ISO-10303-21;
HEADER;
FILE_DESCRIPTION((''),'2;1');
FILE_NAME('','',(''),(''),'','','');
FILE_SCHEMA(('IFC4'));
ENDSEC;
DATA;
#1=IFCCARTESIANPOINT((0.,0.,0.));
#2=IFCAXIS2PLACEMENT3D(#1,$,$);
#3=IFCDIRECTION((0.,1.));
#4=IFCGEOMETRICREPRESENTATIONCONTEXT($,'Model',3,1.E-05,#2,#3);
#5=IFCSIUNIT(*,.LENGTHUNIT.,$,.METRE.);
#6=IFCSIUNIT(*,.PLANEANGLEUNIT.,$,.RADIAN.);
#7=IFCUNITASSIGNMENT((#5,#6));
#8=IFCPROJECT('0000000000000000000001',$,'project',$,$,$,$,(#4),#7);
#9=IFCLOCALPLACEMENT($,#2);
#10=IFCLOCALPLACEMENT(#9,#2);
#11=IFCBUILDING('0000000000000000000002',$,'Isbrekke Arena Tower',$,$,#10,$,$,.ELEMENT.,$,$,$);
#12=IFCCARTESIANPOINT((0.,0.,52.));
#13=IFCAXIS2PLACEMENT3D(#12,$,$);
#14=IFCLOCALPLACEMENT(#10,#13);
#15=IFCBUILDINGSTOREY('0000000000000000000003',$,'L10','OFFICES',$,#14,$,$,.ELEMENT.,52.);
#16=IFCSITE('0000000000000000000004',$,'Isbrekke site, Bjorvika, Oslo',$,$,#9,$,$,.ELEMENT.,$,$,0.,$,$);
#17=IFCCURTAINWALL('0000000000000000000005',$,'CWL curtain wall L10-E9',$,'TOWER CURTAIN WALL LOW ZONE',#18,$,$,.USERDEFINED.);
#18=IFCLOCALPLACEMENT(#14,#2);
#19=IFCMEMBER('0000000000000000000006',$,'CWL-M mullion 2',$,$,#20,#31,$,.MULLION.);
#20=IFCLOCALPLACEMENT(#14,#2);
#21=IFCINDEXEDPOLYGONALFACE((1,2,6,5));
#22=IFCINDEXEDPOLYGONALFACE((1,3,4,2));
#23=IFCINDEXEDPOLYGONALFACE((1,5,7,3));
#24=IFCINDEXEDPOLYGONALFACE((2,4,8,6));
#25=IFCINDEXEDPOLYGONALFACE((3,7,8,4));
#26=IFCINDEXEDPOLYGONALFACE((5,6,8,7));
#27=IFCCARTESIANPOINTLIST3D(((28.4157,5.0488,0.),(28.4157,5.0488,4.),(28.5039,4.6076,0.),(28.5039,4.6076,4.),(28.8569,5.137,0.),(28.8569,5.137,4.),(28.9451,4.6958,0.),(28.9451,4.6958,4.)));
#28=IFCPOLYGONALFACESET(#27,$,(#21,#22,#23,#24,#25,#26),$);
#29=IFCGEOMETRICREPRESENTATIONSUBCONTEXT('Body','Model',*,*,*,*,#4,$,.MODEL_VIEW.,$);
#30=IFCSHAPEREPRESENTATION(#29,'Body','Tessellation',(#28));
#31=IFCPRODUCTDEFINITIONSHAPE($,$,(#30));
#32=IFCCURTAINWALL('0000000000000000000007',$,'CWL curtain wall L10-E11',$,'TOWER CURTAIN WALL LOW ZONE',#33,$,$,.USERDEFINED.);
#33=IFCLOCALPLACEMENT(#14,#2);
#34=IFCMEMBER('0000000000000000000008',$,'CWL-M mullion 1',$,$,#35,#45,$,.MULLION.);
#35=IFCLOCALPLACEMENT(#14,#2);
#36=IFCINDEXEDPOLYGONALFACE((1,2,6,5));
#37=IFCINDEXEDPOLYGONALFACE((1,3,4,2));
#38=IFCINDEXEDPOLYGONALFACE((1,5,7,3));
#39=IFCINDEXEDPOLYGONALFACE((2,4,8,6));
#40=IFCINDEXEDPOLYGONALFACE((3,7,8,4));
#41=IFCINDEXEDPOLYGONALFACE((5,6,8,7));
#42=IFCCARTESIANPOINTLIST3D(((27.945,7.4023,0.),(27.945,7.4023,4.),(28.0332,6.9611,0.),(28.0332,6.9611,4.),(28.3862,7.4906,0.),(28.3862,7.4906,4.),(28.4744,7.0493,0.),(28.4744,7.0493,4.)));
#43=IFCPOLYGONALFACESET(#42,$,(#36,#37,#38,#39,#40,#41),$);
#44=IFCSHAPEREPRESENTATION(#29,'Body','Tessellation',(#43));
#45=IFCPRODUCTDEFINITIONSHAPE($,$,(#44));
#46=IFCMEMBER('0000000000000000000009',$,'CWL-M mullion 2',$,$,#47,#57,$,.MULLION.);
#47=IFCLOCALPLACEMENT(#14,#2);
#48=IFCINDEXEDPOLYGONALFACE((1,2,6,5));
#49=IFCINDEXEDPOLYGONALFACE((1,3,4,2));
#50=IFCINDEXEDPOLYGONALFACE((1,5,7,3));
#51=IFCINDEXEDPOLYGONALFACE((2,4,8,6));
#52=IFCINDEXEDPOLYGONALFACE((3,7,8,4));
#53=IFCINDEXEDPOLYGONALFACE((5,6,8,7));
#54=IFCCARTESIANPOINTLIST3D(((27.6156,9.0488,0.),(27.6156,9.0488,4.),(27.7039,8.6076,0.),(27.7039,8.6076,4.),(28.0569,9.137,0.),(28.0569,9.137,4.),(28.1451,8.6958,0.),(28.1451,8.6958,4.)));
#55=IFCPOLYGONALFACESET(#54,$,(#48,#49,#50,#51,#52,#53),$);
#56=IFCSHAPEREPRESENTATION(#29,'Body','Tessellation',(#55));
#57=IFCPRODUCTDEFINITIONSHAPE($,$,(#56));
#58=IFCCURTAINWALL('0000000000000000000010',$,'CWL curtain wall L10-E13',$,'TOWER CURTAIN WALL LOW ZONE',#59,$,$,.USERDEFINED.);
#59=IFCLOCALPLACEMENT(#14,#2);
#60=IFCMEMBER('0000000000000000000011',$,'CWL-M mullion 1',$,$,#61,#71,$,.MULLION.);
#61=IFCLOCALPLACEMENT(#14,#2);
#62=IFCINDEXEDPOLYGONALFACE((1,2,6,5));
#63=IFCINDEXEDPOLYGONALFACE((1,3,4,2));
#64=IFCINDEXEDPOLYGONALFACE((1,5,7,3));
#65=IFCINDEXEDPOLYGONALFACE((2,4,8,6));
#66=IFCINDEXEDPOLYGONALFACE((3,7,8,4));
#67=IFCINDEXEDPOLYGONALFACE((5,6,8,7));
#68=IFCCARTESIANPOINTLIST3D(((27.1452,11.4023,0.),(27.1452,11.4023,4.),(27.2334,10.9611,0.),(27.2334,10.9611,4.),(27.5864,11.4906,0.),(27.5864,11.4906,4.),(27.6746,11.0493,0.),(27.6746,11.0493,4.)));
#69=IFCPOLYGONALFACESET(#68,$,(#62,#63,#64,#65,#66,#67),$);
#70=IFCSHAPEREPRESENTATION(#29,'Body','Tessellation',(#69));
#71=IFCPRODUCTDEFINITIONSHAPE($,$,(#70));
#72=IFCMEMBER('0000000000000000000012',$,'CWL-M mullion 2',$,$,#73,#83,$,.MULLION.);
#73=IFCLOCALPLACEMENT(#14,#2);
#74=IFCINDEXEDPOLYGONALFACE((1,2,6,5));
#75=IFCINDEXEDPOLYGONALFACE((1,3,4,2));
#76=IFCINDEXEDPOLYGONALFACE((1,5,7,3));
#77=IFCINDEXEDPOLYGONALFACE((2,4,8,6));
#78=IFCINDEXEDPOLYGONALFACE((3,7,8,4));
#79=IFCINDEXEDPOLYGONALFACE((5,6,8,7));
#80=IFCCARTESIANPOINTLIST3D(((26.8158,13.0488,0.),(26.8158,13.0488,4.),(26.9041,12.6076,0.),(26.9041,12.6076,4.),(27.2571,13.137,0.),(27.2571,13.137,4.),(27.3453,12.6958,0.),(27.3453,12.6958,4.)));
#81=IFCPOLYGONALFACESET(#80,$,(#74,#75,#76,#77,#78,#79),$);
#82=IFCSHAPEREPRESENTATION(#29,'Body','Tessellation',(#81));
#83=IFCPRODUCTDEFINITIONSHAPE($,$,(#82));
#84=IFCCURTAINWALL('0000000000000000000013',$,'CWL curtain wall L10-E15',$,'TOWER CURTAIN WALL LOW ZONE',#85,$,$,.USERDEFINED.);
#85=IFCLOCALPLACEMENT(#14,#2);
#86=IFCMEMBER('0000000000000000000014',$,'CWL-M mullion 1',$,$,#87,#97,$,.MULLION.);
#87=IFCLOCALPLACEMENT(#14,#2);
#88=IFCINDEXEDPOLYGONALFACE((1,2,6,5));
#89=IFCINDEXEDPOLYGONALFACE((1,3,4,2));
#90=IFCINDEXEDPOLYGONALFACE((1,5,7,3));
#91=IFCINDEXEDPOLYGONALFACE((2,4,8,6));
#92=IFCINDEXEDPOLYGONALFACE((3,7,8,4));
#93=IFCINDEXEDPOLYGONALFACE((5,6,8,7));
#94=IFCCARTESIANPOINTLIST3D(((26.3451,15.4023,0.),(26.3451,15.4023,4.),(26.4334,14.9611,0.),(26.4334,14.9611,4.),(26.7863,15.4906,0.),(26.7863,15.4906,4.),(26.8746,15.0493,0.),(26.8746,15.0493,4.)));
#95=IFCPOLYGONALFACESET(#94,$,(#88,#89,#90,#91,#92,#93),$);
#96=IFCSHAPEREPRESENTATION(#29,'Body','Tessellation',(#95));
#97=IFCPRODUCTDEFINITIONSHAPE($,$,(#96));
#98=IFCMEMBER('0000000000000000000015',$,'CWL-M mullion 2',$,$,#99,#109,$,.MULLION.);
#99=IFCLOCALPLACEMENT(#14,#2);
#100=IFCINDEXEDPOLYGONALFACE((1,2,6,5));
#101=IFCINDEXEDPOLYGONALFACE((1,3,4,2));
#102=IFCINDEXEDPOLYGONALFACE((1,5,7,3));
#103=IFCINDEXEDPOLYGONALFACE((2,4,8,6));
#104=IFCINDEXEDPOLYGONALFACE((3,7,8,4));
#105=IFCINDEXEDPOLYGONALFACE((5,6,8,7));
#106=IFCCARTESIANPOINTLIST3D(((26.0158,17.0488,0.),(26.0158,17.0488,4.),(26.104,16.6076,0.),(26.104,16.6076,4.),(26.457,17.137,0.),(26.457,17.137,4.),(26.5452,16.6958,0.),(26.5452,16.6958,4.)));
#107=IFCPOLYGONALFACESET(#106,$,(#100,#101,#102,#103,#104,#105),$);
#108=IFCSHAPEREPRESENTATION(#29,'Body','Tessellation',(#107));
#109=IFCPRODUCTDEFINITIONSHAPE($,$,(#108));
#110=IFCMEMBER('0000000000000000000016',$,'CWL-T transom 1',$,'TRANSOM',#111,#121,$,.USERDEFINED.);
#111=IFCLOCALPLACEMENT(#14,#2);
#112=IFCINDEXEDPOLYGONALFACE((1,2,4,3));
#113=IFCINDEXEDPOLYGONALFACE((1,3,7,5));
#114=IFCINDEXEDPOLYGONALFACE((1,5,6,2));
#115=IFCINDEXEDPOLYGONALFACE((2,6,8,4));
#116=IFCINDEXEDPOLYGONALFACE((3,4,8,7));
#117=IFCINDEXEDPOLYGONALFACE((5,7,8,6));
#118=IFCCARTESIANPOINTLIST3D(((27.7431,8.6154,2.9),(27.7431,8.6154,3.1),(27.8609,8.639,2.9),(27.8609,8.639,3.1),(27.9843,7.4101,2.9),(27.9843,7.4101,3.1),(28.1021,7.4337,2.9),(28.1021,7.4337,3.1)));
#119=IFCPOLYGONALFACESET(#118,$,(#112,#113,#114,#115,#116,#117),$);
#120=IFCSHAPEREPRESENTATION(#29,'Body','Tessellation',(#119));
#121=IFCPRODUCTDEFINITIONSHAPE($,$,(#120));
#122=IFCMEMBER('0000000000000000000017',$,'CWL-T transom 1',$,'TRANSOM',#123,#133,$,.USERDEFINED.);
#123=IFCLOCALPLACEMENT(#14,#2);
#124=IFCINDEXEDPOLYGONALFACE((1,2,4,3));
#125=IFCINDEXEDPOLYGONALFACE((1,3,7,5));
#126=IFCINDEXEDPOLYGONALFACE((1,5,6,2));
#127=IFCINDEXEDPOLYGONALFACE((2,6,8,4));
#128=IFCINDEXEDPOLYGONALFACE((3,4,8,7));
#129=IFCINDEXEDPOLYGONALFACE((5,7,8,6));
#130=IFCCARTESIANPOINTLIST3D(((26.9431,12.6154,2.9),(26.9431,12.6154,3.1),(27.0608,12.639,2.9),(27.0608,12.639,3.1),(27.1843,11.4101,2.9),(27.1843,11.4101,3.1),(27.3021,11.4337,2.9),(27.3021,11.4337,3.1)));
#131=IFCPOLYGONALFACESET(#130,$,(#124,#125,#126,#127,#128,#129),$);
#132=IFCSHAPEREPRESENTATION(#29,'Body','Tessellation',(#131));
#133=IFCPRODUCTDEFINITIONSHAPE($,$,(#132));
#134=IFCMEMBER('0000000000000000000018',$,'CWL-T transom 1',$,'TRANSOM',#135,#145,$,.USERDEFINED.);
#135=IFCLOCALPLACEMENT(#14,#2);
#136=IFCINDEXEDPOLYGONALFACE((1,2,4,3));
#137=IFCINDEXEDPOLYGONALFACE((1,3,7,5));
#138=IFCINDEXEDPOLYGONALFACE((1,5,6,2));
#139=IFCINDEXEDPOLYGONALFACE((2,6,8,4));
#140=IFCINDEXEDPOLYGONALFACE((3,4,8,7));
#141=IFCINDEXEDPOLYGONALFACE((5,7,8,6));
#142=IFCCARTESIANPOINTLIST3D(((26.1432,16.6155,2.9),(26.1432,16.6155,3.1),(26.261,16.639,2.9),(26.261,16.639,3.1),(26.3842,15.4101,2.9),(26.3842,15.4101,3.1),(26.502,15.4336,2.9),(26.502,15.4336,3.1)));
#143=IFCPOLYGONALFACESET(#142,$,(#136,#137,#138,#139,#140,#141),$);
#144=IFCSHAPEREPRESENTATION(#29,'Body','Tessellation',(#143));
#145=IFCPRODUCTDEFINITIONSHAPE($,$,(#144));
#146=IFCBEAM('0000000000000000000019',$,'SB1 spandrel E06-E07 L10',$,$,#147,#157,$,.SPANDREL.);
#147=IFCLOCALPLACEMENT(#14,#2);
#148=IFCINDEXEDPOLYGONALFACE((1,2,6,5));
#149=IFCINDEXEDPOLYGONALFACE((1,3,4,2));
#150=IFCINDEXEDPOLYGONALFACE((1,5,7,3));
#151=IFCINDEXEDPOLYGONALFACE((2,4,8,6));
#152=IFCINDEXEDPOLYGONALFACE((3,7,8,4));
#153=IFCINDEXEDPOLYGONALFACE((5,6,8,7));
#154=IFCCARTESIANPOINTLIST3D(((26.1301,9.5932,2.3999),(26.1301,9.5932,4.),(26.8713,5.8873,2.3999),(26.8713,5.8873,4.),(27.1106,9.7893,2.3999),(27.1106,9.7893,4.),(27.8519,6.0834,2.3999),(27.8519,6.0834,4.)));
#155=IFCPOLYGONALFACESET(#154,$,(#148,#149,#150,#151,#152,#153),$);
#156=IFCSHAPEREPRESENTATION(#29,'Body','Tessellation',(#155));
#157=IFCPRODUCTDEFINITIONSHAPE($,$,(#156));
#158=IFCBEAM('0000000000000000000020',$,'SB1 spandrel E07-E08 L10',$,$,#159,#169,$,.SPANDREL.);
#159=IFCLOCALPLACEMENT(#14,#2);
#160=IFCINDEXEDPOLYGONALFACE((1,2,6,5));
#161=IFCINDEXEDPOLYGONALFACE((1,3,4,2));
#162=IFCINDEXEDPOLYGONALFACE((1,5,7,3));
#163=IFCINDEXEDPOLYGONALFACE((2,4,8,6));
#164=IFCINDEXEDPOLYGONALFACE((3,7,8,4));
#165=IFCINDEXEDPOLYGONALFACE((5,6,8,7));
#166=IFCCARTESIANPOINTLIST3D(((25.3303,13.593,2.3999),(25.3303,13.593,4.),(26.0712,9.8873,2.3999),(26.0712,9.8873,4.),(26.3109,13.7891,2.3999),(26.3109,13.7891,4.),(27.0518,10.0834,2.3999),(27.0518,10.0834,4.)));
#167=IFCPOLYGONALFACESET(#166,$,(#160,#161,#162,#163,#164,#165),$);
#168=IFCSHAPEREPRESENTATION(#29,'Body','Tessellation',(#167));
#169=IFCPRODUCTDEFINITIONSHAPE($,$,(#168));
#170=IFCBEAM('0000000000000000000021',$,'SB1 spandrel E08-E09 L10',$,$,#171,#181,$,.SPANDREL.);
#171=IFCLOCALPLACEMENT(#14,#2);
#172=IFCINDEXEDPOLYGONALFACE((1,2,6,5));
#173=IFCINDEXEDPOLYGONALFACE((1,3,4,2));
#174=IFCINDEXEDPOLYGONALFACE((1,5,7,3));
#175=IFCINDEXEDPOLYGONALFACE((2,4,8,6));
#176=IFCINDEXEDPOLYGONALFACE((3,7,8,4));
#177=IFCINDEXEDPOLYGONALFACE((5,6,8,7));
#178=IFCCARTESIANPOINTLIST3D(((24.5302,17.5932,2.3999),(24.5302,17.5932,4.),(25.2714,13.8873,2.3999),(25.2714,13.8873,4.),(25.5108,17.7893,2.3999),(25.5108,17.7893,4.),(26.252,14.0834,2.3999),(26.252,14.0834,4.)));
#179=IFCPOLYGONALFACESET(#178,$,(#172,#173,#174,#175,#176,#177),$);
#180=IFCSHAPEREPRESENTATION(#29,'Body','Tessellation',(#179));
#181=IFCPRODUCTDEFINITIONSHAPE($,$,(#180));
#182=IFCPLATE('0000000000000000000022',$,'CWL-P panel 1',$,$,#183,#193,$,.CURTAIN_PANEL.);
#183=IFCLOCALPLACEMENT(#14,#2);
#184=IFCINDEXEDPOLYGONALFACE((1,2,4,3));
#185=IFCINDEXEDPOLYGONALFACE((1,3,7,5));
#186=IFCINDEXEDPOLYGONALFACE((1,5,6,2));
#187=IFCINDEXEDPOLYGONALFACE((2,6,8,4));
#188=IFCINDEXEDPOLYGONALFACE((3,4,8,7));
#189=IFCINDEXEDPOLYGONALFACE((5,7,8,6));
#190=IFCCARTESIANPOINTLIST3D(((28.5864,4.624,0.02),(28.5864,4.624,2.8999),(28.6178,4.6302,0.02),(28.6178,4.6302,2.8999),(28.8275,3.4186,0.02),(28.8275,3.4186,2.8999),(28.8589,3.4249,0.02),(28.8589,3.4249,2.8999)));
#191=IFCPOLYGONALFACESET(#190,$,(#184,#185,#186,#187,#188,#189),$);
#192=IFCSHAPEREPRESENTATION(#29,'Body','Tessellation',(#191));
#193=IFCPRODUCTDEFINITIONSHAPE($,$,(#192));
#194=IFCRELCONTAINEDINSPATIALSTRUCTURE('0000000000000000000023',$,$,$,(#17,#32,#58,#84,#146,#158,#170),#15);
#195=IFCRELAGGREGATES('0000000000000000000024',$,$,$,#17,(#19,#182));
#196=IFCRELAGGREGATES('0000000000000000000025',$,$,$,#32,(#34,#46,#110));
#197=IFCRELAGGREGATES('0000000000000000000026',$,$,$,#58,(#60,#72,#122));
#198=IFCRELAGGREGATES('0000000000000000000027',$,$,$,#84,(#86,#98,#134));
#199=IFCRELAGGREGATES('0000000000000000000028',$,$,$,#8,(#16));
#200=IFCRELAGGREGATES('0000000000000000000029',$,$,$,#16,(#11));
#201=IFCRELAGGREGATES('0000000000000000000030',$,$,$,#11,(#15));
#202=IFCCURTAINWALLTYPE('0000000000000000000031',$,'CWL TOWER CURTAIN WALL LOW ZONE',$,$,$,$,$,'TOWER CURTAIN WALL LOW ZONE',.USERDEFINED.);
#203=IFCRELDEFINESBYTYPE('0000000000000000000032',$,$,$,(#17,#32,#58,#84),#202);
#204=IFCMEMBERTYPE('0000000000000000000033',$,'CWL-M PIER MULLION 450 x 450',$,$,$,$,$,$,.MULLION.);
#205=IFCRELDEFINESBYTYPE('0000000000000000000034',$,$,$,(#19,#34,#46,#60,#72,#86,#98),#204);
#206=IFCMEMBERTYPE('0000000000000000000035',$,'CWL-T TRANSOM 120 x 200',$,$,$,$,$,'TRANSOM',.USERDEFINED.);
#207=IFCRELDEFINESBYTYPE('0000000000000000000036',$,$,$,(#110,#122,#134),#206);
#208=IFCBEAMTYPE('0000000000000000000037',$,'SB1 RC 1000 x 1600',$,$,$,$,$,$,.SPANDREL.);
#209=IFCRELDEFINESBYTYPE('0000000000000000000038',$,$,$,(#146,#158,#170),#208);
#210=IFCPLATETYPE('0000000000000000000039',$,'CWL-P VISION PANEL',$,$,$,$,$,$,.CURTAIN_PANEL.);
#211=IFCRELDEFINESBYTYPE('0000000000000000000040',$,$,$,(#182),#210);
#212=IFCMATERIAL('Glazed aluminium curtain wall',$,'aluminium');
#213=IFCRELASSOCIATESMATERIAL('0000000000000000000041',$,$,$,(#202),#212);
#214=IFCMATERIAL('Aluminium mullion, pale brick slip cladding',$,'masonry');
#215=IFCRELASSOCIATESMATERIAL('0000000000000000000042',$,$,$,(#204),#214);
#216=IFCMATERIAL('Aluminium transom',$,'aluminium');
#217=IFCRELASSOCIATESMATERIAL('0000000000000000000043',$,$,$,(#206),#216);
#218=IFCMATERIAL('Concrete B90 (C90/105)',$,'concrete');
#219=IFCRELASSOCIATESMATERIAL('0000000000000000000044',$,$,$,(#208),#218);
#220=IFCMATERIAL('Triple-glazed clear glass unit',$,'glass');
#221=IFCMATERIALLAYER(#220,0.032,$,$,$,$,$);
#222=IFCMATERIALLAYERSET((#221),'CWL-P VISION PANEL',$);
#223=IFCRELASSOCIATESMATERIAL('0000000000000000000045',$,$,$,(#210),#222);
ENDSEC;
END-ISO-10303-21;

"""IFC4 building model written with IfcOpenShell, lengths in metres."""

from ifc_helpers import new_model, si_unit, direction, frame, origin, origin_2d, place, context, subcontext, project, spatial, rectangle, extrude, material, layer, layer_set, material_profile, profile_set, type_object, element, aggregate, save


model = new_model("IFC4")

# Units and contexts
model_context = context("Model", 3, precision=1e-05, world=origin(), true_north=direction((0.0, 1.0)))
body_context = subcontext(model_context, "Body", "Model", "MODEL_VIEW")
ifc_project = project(units=[si_unit("LENGTHUNIT", "METRE"), si_unit("PLANEANGLEUNIT", "RADIAN")], contexts=[model_context])

# Site, building, storey
site_placement = place(None, origin())
site = spatial("IfcSite", under=ifc_project, at=site_placement, Name="Isbrekke site, Bjorvika, Oslo", CompositionType="ELEMENT", RefElevation=0.0)
building_placement = place(site_placement, origin())
building = spatial("IfcBuilding", under=site, at=building_placement, Name="Isbrekke Arena Tower", CompositionType="ELEMENT")
storey_placement = place(building_placement, frame((0.0, 0.0, 52.0)))
storey = spatial("IfcBuildingStorey", under=building, at=storey_placement, Name="L10", Description="OFFICES", CompositionType="ELEMENT", Elevation=52.0)

# Curtain wall, member
ifc_material_1 = material(Name="Glazed aluminium curtain wall", Category="aluminium")
curtain_wall_type = type_object("IfcCurtainWallType", Name="CWL TOWER CURTAIN WALL LOW ZONE", ElementType="TOWER CURTAIN WALL LOW ZONE", PredefinedType="USERDEFINED", material=ifc_material_1)
curtain_wall_1_placement = place(storey_placement, origin())
curtain_wall_1 = element("IfcCurtainWall", 1, at=curtain_wall_1_placement, inside=storey, type_object=curtain_wall_type, Name="CWL curtain wall L10-E9", ObjectType="TOWER CURTAIN WALL LOW ZONE", PredefinedType="USERDEFINED")
ifc_material_2 = material(Name="Aluminium mullion, pale brick slip cladding", Category="masonry")
ifc_material_profile_1 = material_profile(ifc_material_2, rectangle(XDim=0.45, YDim=0.45, at=origin_2d()), Name="PIER 450X450")
ifc_profile_set_1 = profile_set([ifc_material_profile_1], Name="Aluminium mullion, pale brick slip cladding")
member_type_1 = type_object("IfcMemberType", Name="CWL-M PIER MULLION 450 x 450", PredefinedType="MULLION", material=ifc_profile_set_1)
member_1_placement = place(storey_placement, frame((28.6804, 4.8723, 0.0), z_axis=(0.0, 0.0, 1.0), x_axis=(-0.196116, 0.980581, 0.0)))
member_1 = element("IfcMember", 2, at=member_1_placement, type_object=member_type_1, Name="CWL-M mullion 2", PredefinedType="MULLION", context=body_context, shape_type="SweptSolid", body=[
    extrude(rectangle(XDim=0.45, YDim=0.45, at=origin_2d()), origin(), (0.0, 0.0, 1.0), 4.0),
])

# Curtain walls, members
curtain_wall_2_placement = place(storey_placement, origin())
curtain_wall_2 = element("IfcCurtainWall", 3, at=curtain_wall_2_placement, inside=storey, type_object=curtain_wall_type, Name="CWL curtain wall L10-E11", ObjectType="TOWER CURTAIN WALL LOW ZONE", PredefinedType="USERDEFINED")
member_2_placement = place(storey_placement, frame((28.2097, 7.2258, 0.0), z_axis=(0.0, 0.0, 1.0), x_axis=(-0.196116, 0.980581, 0.0)))
member_2 = element("IfcMember", 4, at=member_2_placement, type_object=member_type_1, Name="CWL-M mullion 1", PredefinedType="MULLION", context=body_context, shape_type="SweptSolid", body=[
    extrude(rectangle(XDim=0.45, YDim=0.45, at=origin_2d()), origin(), (0.0, 0.0, 1.0), 4.0),
])
member_3_placement = place(storey_placement, frame((27.8804, 8.8723, 0.0), z_axis=(0.0, 0.0, 1.0), x_axis=(-0.196116, 0.980581, 0.0)))
member_3 = element("IfcMember", 5, at=member_3_placement, type_object=member_type_1, Name="CWL-M mullion 2", PredefinedType="MULLION", context=body_context, shape_type="SweptSolid", body=[
    extrude(rectangle(XDim=0.45, YDim=0.45, at=origin_2d()), origin(), (0.0, 0.0, 1.0), 4.0),
])
curtain_wall_3_placement = place(storey_placement, origin())
curtain_wall_3 = element("IfcCurtainWall", 6, at=curtain_wall_3_placement, inside=storey, type_object=curtain_wall_type, Name="CWL curtain wall L10-E13", ObjectType="TOWER CURTAIN WALL LOW ZONE", PredefinedType="USERDEFINED")
member_4_placement = place(storey_placement, frame((27.4099, 11.2258, 0.0), z_axis=(0.0, 0.0, 1.0), x_axis=(-0.196116, 0.980581, 0.0)))
member_4 = element("IfcMember", 7, at=member_4_placement, type_object=member_type_1, Name="CWL-M mullion 1", PredefinedType="MULLION", context=body_context, shape_type="SweptSolid", body=[
    extrude(rectangle(XDim=0.45, YDim=0.45, at=origin_2d()), origin(), (0.0, 0.0, 1.0), 4.0),
])
member_5_placement = place(storey_placement, frame((27.0806, 12.8723, 0.0), z_axis=(0.0, 0.0, 1.0), x_axis=(-0.196116, 0.980581, 0.0)))
member_5 = element("IfcMember", 8, at=member_5_placement, type_object=member_type_1, Name="CWL-M mullion 2", PredefinedType="MULLION", context=body_context, shape_type="SweptSolid", body=[
    extrude(rectangle(XDim=0.45, YDim=0.45, at=origin_2d()), origin(), (0.0, 0.0, 1.0), 4.0),
])
curtain_wall_4_placement = place(storey_placement, origin())
curtain_wall_4 = element("IfcCurtainWall", 9, at=curtain_wall_4_placement, inside=storey, type_object=curtain_wall_type, Name="CWL curtain wall L10-E15", ObjectType="TOWER CURTAIN WALL LOW ZONE", PredefinedType="USERDEFINED")
member_6_placement = place(storey_placement, frame((26.6099, 15.2258, 0.0), z_axis=(0.0, 0.0, 1.0), x_axis=(-0.196116, 0.980581, 0.0)))
member_6 = element("IfcMember", 10, at=member_6_placement, type_object=member_type_1, Name="CWL-M mullion 1", PredefinedType="MULLION", context=body_context, shape_type="SweptSolid", body=[
    extrude(rectangle(XDim=0.45, YDim=0.45, at=origin_2d()), origin(), (0.0, 0.0, 1.0), 4.0),
])
member_7_placement = place(storey_placement, frame((26.2805, 16.8723, 0.0), z_axis=(0.0, 0.0, 1.0), x_axis=(-0.196116, 0.980581, 0.0)))
member_7 = element("IfcMember", 11, at=member_7_placement, type_object=member_type_1, Name="CWL-M mullion 2", PredefinedType="MULLION", context=body_context, shape_type="SweptSolid", body=[
    extrude(rectangle(XDim=0.45, YDim=0.45, at=origin_2d()), origin(), (0.0, 0.0, 1.0), 4.0),
])

# Members
ifc_material_3 = material(Name="Aluminium transom", Category="aluminium")
ifc_material_profile_2 = material_profile(ifc_material_3, rectangle(XDim=0.1201, YDim=0.2, at=origin_2d()), Name="TRANSOM 120X200")
ifc_profile_set_2 = profile_set([ifc_material_profile_2], Name="Aluminium transom")
member_type_2 = type_object("IfcMemberType", Name="CWL-T TRANSOM 120 x 200", ElementType="TRANSOM", PredefinedType="USERDEFINED", material=ifc_profile_set_2)
member_8_placement = place(storey_placement, frame((28.0432, 7.4219, 3.0), z_axis=(-0.196231, 0.980558, 0.0), x_axis=(-0.980558, -0.196231, 0.0)))
member_8 = element("IfcMember", 12, at=member_8_placement, type_object=member_type_2, Name="CWL-T transom 1", ObjectType="TRANSOM", PredefinedType="USERDEFINED", context=body_context, shape_type="SweptSolid", body=[
    extrude(rectangle(XDim=0.1201, YDim=0.2, at=origin_2d()), origin(), (0.0, 0.0, 1.0), 1.2292),
])
member_9_placement = place(storey_placement, frame((27.2432, 11.4219, 3.0), z_axis=(-0.196231, 0.980558, 0.0), x_axis=(-0.980558, -0.196231, 0.0)))
member_9 = element("IfcMember", 13, at=member_9_placement, type_object=member_type_2, Name="CWL-T transom 1", ObjectType="TRANSOM", PredefinedType="USERDEFINED", context=body_context, shape_type="SweptSolid", body=[
    extrude(rectangle(XDim=0.1201, YDim=0.2, at=origin_2d()), origin(), (0.0, 0.0, 1.0), 1.2292),
])
member_10_placement = place(storey_placement, frame((26.4431, 15.4219, 3.0), z_axis=(-0.19604, 0.980596, 0.0), x_axis=(-0.980596, -0.19604, 0.0)))
member_10 = element("IfcMember", 14, at=member_10_placement, type_object=member_type_2, Name="CWL-T transom 1", ObjectType="TRANSOM", PredefinedType="USERDEFINED", context=body_context, shape_type="SweptSolid", body=[
    extrude(rectangle(XDim=0.1201, YDim=0.2, at=origin_2d()), origin(), (0.0, 0.0, 1.0), 1.2292),
])

# Beams
ifc_material_4 = material(Name="Concrete B90 (C90/105)", Category="concrete")
ifc_material_profile_3 = material_profile(ifc_material_4, rectangle(XDim=1.0, YDim=1.6001, at=origin_2d()), Name="RC 1000x1600")
ifc_profile_set_3 = profile_set([ifc_material_profile_3], Name="Concrete B90 (C90/105)")
beam_type_1 = type_object("IfcBeamType", Name="SB1 RC 1000 x 1600", PredefinedType="SPANDREL", material=ifc_profile_set_3)
beam_1_placement = place(storey_placement, frame((27.3616, 5.9854, 3.2), z_axis=(-0.196129, 0.980578, 0.0), x_axis=(-0.980578, -0.196129, 0.0)))
element("IfcBeam", 15, at=beam_1_placement, inside=storey, type_object=beam_type_1, Name="SB1 spandrel E06-E07 L10", PredefinedType="SPANDREL", context=body_context, shape_type="SweptSolid", body=[
    extrude(rectangle(XDim=1.0, YDim=1.6001, at=origin_2d()), origin(), (0.0, 0.0, 1.0), 3.7793),
])
beam_2_placement = place(storey_placement, frame((26.5615, 9.9854, 3.2), z_axis=(-0.196066, 0.980591, 0.0), x_axis=(-0.980591, -0.196066, 0.0)))
element("IfcBeam", 16, at=beam_2_placement, inside=storey, type_object=beam_type_1, Name="SB1 spandrel E07-E08 L10", PredefinedType="SPANDREL", context=body_context, shape_type="SweptSolid", body=[
    extrude(rectangle(XDim=1.0, YDim=1.6001, at=origin_2d()), origin(), (0.0, 0.0, 1.0), 3.7791),
])
beam_3_placement = place(storey_placement, frame((25.7617, 13.9854, 3.2), z_axis=(-0.196129, 0.980578, 0.0), x_axis=(-0.980578, -0.196129, 0.0)))
element("IfcBeam", 17, at=beam_3_placement, inside=storey, type_object=beam_type_1, Name="SB1 spandrel E08-E09 L10", PredefinedType="SPANDREL", context=body_context, shape_type="SweptSolid", body=[
    extrude(rectangle(XDim=1.0, YDim=1.6001, at=origin_2d()), origin(), (0.0, 0.0, 1.0), 3.7793),
])

# Plate
ifc_material_5 = material(Name="Triple-glazed clear glass unit", Category="glass")
ifc_layer_1 = layer(ifc_material_5, 0.032)
ifc_layer_set_1 = layer_set([ifc_layer_1], Name="CWL-P VISION PANEL")
plate_type = type_object("IfcPlateType", Name="CWL-P VISION PANEL", PredefinedType="CURTAIN_PANEL", material=ifc_layer_set_1)
plate_1_placement = place(storey_placement, frame((28.7227, 4.0244, 0.02), z_axis=(0.0, 0.0, 1.0), x_axis=(-0.196116, 0.980581, 0.0)))
plate_1 = element("IfcPlate", 18, at=plate_1_placement, type_object=plate_type, Name="CWL-P panel 1", PredefinedType="CURTAIN_PANEL", context=body_context, shape_type="SweptSolid", body=[
    extrude(rectangle(XDim=1.2292, YDim=0.032, at=origin_2d()), origin(), (0.0, 0.0, 1.0), 2.8799),
])
aggregate(curtain_wall_1, [member_1, plate_1])
aggregate(curtain_wall_2, [member_2, member_3, member_8])
aggregate(curtain_wall_3, [member_4, member_5, member_9])
aggregate(curtain_wall_4, [member_6, member_7, member_10])

save(model, "model.ifc")
